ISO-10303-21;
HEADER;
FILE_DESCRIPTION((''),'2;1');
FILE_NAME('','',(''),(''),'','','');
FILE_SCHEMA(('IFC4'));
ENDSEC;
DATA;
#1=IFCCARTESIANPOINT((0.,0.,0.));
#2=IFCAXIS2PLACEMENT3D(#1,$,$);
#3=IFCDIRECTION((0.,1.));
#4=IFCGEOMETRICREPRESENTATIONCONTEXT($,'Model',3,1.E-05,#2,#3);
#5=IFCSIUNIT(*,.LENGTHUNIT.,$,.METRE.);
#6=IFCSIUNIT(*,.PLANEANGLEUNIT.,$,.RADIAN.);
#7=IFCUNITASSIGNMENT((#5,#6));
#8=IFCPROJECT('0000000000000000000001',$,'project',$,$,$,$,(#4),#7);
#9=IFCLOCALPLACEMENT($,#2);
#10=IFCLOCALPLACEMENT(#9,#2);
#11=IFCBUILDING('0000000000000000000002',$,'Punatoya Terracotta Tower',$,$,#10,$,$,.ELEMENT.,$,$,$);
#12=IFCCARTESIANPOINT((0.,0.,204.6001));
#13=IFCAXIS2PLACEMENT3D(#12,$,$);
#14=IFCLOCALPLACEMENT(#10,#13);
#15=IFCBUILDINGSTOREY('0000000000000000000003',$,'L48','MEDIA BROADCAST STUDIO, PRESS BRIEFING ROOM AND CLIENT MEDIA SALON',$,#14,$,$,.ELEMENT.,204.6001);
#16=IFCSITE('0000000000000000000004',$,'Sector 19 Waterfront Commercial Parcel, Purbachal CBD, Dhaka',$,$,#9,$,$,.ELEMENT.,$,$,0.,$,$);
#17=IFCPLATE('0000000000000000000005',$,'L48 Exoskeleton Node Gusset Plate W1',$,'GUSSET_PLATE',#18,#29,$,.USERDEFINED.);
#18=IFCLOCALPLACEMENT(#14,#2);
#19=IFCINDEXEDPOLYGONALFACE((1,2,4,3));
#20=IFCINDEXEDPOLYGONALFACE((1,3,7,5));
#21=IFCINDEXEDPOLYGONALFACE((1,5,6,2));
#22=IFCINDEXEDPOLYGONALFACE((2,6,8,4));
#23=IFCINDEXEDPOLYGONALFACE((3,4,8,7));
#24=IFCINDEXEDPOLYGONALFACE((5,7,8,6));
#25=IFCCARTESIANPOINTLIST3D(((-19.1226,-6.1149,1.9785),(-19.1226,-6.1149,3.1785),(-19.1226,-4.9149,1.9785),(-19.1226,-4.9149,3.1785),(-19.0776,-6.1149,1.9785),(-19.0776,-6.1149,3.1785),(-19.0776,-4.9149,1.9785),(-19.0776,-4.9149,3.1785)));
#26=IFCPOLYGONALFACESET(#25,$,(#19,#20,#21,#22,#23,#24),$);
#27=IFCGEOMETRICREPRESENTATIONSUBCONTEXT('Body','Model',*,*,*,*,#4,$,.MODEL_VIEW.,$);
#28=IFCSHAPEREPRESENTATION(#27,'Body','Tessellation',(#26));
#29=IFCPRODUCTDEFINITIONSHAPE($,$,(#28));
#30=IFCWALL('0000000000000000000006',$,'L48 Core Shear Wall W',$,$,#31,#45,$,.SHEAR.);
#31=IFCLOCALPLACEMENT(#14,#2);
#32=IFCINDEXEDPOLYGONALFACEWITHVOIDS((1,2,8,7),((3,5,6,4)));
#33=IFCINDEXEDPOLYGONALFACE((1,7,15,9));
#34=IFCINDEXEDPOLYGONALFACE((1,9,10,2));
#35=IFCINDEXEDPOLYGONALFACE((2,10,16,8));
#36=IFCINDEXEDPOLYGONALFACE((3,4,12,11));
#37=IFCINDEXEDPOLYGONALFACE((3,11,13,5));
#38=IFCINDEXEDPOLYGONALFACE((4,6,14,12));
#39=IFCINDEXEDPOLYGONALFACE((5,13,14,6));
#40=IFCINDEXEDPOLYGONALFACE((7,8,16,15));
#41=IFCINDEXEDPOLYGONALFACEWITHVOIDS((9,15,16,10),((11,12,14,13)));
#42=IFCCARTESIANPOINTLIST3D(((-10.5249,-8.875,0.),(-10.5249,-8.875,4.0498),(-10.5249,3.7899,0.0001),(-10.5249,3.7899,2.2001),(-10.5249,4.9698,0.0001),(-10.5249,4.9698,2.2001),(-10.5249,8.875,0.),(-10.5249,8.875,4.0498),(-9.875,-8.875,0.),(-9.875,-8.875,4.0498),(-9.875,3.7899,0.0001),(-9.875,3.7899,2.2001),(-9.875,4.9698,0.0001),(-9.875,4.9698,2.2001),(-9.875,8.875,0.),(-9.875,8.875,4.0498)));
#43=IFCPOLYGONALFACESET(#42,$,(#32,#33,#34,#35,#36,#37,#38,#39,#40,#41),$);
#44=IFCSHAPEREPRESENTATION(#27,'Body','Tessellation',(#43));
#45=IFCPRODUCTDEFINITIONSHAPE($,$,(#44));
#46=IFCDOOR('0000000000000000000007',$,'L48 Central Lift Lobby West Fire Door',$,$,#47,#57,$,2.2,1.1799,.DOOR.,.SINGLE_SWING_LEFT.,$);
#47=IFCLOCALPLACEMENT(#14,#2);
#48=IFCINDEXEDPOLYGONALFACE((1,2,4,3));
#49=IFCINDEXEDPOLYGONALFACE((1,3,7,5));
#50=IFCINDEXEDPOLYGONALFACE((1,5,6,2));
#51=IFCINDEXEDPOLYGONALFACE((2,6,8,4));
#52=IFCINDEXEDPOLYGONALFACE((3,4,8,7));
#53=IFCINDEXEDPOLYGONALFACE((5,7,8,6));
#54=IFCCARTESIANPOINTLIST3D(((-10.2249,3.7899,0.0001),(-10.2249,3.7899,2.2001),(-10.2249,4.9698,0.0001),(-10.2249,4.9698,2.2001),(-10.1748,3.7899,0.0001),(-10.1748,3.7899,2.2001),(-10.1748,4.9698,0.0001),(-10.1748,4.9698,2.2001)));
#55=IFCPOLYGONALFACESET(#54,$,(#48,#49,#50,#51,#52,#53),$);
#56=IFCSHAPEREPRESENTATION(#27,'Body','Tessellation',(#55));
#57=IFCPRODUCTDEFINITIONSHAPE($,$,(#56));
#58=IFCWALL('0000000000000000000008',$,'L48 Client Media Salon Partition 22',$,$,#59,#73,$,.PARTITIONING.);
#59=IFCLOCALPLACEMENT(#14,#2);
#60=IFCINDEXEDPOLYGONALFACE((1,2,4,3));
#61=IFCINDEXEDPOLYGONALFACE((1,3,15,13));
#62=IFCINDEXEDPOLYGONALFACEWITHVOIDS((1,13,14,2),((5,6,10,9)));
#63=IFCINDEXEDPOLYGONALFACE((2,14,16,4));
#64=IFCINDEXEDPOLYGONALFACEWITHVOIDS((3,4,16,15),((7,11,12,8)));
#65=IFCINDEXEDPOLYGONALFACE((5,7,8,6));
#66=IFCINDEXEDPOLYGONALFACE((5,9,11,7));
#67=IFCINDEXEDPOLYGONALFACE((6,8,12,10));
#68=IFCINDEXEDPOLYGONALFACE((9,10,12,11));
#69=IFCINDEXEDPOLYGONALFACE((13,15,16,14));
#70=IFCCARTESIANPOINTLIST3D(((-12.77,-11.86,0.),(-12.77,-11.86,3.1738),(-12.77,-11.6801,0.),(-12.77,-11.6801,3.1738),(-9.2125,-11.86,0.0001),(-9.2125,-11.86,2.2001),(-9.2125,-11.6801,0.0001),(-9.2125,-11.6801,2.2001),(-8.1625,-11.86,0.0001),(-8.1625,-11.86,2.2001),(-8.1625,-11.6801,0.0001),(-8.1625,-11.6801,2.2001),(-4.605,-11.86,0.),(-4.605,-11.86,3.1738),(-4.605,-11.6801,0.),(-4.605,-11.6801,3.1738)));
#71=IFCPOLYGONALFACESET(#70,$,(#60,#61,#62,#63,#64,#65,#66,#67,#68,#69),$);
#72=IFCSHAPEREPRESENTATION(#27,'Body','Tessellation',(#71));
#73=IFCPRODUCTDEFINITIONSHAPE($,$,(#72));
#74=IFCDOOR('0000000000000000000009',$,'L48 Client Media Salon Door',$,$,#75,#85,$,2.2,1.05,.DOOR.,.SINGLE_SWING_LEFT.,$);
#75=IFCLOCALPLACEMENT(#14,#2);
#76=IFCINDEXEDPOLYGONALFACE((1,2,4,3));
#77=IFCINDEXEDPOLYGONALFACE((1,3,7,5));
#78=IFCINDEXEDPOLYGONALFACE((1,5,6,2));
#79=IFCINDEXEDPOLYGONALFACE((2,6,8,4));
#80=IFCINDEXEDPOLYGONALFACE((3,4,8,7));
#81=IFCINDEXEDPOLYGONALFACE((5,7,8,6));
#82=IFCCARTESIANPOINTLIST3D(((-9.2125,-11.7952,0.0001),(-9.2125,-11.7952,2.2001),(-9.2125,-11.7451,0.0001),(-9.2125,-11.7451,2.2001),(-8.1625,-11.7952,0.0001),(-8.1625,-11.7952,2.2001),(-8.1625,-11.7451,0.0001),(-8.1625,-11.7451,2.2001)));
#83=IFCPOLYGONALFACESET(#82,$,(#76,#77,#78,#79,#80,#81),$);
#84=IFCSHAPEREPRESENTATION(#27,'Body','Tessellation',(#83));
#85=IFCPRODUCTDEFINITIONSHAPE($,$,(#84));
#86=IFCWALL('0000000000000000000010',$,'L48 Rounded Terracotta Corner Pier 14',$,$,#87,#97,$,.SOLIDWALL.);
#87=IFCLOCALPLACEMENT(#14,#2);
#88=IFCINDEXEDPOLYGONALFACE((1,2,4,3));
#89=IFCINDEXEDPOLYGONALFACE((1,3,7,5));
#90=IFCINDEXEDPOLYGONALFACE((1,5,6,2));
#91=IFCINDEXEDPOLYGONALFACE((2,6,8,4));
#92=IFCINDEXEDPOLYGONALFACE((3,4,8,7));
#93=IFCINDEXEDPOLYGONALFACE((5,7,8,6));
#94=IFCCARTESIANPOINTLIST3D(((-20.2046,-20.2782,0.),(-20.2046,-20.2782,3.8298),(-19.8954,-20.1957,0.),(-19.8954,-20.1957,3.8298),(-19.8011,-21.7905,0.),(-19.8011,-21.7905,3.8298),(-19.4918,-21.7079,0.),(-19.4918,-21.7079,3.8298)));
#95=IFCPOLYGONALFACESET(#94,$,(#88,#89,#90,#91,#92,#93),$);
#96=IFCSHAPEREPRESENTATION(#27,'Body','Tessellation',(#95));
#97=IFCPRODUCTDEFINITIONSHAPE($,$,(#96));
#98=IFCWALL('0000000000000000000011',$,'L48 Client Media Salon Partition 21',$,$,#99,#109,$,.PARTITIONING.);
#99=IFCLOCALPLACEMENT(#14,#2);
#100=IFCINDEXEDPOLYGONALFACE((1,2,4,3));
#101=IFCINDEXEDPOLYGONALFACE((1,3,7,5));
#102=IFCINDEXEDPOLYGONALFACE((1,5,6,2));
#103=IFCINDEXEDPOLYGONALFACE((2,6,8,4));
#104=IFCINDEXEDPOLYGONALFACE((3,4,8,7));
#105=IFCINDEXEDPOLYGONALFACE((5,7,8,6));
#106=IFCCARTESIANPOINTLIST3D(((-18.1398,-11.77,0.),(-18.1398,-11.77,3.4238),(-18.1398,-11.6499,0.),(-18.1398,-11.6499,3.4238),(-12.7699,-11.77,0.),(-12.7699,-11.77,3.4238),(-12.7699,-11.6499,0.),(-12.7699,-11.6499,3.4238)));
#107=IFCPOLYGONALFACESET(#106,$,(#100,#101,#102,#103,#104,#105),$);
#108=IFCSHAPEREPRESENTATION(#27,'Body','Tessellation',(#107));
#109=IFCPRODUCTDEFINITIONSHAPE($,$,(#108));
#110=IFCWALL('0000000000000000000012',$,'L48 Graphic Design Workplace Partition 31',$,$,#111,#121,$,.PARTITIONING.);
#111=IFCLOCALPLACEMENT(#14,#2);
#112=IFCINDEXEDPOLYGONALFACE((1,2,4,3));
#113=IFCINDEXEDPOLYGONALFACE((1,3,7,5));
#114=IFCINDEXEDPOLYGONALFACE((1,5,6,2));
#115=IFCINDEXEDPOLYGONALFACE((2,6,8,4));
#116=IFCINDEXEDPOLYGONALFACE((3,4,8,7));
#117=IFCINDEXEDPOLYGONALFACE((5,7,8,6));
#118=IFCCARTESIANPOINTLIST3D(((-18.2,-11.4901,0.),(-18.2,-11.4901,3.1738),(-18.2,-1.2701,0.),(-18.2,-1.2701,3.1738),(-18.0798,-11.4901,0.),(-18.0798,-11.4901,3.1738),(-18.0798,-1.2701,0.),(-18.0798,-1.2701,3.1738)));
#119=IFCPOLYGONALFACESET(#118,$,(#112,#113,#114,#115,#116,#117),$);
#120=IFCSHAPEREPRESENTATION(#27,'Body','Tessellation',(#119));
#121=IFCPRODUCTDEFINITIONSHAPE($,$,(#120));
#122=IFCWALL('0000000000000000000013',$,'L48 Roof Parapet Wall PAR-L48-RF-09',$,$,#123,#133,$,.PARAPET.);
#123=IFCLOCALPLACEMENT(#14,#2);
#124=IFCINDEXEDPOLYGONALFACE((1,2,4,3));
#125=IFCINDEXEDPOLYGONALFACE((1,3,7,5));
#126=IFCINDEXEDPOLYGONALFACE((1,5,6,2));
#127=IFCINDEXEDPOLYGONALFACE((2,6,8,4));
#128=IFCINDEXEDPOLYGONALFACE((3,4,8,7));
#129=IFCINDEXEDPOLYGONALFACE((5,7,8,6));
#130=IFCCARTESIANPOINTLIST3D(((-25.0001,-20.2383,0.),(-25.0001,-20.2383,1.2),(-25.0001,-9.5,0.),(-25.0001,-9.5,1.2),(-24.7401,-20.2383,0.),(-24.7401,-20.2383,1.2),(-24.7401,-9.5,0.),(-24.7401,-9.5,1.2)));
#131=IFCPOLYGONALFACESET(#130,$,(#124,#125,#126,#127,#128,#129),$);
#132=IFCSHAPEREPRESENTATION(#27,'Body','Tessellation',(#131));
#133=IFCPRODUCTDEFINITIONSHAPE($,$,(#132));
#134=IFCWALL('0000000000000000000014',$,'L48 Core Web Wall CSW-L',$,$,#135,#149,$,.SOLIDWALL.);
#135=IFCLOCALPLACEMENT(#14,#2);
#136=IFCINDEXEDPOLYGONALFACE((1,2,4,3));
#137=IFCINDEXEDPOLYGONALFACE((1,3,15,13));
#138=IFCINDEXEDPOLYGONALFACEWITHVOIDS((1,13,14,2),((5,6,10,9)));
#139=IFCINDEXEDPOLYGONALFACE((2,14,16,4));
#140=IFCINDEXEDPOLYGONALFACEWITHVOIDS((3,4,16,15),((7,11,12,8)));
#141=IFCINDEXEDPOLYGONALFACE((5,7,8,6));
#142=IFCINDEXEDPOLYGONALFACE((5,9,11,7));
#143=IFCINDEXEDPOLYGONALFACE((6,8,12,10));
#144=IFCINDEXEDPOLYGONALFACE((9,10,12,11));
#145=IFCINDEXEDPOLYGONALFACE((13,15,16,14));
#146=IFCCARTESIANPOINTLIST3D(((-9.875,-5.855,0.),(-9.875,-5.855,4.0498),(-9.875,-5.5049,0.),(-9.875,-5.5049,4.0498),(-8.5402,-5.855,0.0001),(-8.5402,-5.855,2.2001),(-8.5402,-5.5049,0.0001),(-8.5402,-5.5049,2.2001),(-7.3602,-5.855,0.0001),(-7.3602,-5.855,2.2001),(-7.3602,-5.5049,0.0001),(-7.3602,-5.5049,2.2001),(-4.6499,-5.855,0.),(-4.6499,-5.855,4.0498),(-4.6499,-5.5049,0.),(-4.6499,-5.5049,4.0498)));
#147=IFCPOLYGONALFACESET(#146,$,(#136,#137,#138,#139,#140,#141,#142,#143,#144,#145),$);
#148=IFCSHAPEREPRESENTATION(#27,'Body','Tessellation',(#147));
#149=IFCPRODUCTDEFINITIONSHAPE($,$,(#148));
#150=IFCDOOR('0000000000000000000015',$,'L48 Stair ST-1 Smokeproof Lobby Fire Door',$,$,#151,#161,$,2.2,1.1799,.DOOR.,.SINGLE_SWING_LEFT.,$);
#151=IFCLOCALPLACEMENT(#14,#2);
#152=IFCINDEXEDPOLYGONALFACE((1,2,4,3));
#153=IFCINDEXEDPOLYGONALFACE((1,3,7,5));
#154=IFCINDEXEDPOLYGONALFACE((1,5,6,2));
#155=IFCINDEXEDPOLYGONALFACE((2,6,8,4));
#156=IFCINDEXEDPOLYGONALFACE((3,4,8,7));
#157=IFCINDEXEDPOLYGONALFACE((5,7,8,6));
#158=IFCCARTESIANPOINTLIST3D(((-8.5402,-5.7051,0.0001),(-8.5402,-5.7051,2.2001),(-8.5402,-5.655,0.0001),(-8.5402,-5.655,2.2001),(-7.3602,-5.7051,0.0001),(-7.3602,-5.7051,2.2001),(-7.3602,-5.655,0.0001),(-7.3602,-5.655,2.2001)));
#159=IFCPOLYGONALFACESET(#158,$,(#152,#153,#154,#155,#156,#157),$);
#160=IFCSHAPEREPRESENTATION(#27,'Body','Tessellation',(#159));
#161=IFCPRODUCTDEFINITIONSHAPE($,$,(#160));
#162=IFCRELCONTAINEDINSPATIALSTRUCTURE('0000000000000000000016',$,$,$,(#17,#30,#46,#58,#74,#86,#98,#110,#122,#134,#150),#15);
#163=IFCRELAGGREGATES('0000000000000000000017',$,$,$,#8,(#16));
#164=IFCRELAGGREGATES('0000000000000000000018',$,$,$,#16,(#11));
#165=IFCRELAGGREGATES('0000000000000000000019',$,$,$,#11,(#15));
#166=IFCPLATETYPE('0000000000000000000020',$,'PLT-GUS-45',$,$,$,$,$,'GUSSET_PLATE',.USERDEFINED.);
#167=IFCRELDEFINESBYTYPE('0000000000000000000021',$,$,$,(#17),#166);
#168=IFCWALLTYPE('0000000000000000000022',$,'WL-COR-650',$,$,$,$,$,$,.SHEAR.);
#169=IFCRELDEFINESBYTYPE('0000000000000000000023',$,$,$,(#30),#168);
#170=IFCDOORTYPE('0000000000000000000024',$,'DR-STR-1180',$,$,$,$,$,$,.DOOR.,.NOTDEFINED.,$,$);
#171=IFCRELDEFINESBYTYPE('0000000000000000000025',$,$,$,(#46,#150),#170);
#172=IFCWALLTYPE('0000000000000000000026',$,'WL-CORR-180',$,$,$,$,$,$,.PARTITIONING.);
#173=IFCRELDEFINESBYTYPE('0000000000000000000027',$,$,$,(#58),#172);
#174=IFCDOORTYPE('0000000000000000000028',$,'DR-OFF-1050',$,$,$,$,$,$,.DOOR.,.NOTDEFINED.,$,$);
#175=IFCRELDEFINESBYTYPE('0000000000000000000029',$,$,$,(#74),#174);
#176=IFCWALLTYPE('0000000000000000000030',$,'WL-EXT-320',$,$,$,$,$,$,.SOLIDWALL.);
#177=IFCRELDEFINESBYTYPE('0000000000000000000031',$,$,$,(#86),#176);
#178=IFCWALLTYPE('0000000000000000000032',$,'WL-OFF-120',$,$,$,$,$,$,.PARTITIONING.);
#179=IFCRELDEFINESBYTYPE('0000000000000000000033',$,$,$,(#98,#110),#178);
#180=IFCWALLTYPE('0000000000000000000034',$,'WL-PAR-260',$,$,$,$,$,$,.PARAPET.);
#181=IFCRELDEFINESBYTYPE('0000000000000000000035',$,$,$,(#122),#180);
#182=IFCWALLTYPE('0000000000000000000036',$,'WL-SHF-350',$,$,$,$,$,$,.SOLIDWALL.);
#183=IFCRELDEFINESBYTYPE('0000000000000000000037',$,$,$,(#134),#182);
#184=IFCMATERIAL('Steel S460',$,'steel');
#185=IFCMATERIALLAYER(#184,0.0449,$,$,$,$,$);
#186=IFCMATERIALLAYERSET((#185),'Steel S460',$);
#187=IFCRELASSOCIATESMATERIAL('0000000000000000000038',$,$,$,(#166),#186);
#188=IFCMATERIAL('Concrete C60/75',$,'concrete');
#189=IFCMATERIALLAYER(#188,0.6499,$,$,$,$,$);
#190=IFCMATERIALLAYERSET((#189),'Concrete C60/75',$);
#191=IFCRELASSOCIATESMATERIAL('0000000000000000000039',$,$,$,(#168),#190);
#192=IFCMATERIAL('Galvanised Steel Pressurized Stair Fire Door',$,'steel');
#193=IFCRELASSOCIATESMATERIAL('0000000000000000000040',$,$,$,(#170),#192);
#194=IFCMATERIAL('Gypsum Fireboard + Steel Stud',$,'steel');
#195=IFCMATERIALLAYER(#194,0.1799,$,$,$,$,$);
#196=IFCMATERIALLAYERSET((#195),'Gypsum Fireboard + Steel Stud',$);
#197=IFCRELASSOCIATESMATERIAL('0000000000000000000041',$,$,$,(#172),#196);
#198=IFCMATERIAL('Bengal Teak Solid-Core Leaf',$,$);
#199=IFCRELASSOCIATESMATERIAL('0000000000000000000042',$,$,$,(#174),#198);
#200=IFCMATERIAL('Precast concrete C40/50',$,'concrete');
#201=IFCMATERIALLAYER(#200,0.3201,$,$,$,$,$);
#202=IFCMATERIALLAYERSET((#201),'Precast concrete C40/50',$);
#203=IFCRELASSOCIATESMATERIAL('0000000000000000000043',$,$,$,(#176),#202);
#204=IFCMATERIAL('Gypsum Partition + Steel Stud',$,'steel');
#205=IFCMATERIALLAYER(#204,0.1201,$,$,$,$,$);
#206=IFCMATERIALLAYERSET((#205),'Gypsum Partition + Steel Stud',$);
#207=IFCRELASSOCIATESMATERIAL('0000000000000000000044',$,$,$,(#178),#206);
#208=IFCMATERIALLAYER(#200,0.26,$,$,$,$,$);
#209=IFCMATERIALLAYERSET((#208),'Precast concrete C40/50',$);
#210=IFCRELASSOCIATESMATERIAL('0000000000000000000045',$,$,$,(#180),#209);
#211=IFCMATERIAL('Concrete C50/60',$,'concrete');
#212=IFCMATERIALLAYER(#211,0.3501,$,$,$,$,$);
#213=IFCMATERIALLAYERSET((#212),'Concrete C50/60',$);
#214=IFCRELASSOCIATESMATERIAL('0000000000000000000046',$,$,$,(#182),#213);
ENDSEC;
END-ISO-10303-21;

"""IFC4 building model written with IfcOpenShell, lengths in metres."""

from ifc_helpers import new_model, si_unit, direction, frame, frame_2d, origin, origin_2d, place, context, subcontext, project, spatial, rectangle, extrude, material, layer, layer_set, type_object, element, fill, save


model = new_model("IFC4")

# Units and contexts
model_context = context("Model", 3, precision=1e-05, world=origin(), true_north=direction((0.0, 1.0)))
body_context = subcontext(model_context, "Body", "Model", "MODEL_VIEW")
ifc_project = project(units=[si_unit("LENGTHUNIT", "METRE"), si_unit("PLANEANGLEUNIT", "RADIAN")], contexts=[model_context])

# Site, building, storey
site_placement = place(None, origin())
site = spatial("IfcSite", under=ifc_project, at=site_placement, Name="Sector 19 Waterfront Commercial Parcel, Purbachal CBD, Dhaka", CompositionType="ELEMENT", RefElevation=0.0)
building_placement = place(site_placement, origin())
building = spatial("IfcBuilding", under=site, at=building_placement, Name="Punatoya Terracotta Tower", CompositionType="ELEMENT")
storey_placement = place(building_placement, frame((0.0, 0.0, 204.6001)))
storey = spatial("IfcBuildingStorey", under=building, at=storey_placement, Name="L48", Description="MEDIA BROADCAST STUDIO, PRESS BRIEFING ROOM AND CLIENT MEDIA SALON", CompositionType="ELEMENT", Elevation=204.6001)

# Shared definitions
ifc_material_1 = material(Name="Steel S460", Category="steel")

# Plate
ifc_layer_1 = layer(ifc_material_1, 0.0449)
ifc_layer_set_1 = layer_set([ifc_layer_1], Name="Steel S460")
plate_type_1 = type_object("IfcPlateType", Name="PLT-GUS-45", ElementType="GUSSET_PLATE", PredefinedType="USERDEFINED", material=ifc_layer_set_1)
plate_1_placement = place(storey_placement, frame((-19.1001, -5.5149, 1.9785), z_axis=(0.0, 0.0, 1.0), x_axis=(0.0, 1.0, 0.0)))
element("IfcPlate", 1, at=plate_1_placement, inside=storey, type_object=plate_type_1, Name="L48 Exoskeleton Node Gusset Plate W1", ObjectType="GUSSET_PLATE", PredefinedType="USERDEFINED", context=body_context, shape_type="SweptSolid", body=[
    extrude(rectangle(XDim=1.2, YDim=0.0449, at=origin_2d()), origin(), (0.0, 0.0, 1.0), 1.2),
])

# Walls, openings, doors
ifc_material_2 = material(Name="Concrete C60/75", Category="concrete")
ifc_layer_2 = layer(ifc_material_2, 0.6499)
ifc_layer_set_2 = layer_set([ifc_layer_2], Name="Concrete C60/75")
wall_type_1 = type_object("IfcWallType", Name="WL-COR-650", PredefinedType="SHEAR", material=ifc_layer_set_2)
wall_1_placement = place(storey_placement, frame((-10.2, -8.875, 0.0), z_axis=(0.0, 0.0, 1.0), x_axis=(0.0, 1.0, 0.0)))
wall_1 = element("IfcWall", 2, at=wall_1_placement, inside=storey, type_object=wall_type_1, Name="L48 Core Shear Wall W", PredefinedType="SHEAR", context=body_context, shape_type="SweptSolid", body=[
    extrude(rectangle(XDim=17.75, YDim=0.6499, at=frame_2d((8.875, 0.0))), origin(), (0.0, 0.0, 1.0), 4.0498),
])
opening_1_placement = place(wall_1_placement, frame((12.665, 0.0, 0.0)))
opening_1 = element("IfcOpeningElement", 3, at=opening_1_placement, cuts=wall_1, PredefinedType="OPENING", context=body_context, shape_type="SweptSolid", body=[
    extrude(rectangle(XDim=1.1799, YDim=2.2, at=frame_2d((0.5898, 1.1001))), frame((0.0, 0.335, 0.0), z_axis=(0.0, -1.0, 0.0), x_axis=(1.0, 0.0, 0.0)), (0.0, 0.0, 1.0), 0.6699),
])
ifc_material_3 = material(Name="Galvanised Steel Pressurized Stair Fire Door", Category="steel")
door_type_1 = type_object("IfcDoorType", Name="DR-STR-1180", OperationType="NOTDEFINED", PredefinedType="DOOR", material=ifc_material_3)
door_1_placement = place(opening_1_placement, origin())
door_1 = element("IfcDoor", 4, at=door_1_placement, inside=storey, type_object=door_type_1, Name="L48 Central Lift Lobby West Fire Door", OperationType="SINGLE_SWING_LEFT", OverallHeight=2.2, OverallWidth=1.1799, PredefinedType="DOOR", context=body_context, shape_type="SweptSolid", body=[
    extrude(rectangle(XDim=1.1799, YDim=2.2, at=frame_2d((0.5898, 1.1001))), frame((0.0, 0.0249, 0.0), z_axis=(0.0, -1.0, 0.0), x_axis=(1.0, 0.0, 0.0)), (0.0, 0.0, 1.0), 0.05),
])
fill(opening_1, door_1)
ifc_material_4 = material(Name="Gypsum Fireboard + Steel Stud", Category="steel")
ifc_layer_3 = layer(ifc_material_4, 0.1799)
ifc_layer_set_3 = layer_set([ifc_layer_3], Name="Gypsum Fireboard + Steel Stud")
wall_type_2 = type_object("IfcWallType", Name="WL-CORR-180", PredefinedType="PARTITIONING", material=ifc_layer_set_3)
wall_2_placement = place(storey_placement, frame((-12.77, -11.77, 0.0), z_axis=(0.0, 0.0, 1.0), x_axis=(1.0, 0.0, 0.0)))
wall_2 = element("IfcWall", 5, at=wall_2_placement, inside=storey, type_object=wall_type_2, Name="L48 Client Media Salon Partition 22", PredefinedType="PARTITIONING", context=body_context, shape_type="SweptSolid", body=[
    extrude(rectangle(XDim=8.165, YDim=0.1799, at=frame_2d((4.0825, 0.0))), origin(), (0.0, 0.0, 1.0), 3.1738),
])
opening_2_placement = place(wall_2_placement, frame((3.5576, 0.0, 0.0)))
opening_2 = element("IfcOpeningElement", 6, at=opening_2_placement, cuts=wall_2, PredefinedType="OPENING", context=body_context, shape_type="SweptSolid", body=[
    extrude(rectangle(XDim=1.05, YDim=2.2, at=frame_2d((0.5249, 1.1001))), frame((0.0, 0.0999, 0.0), z_axis=(0.0, -1.0, 0.0), x_axis=(1.0, 0.0, 0.0)), (0.0, 0.0, 1.0), 0.2),
])
ifc_material_5 = material(Name="Bengal Teak Solid-Core Leaf")
door_type_2 = type_object("IfcDoorType", Name="DR-OFF-1050", OperationType="NOTDEFINED", PredefinedType="DOOR", material=ifc_material_5)
door_2_placement = place(opening_2_placement, origin())
door_2 = element("IfcDoor", 7, at=door_2_placement, inside=storey, type_object=door_type_2, Name="L48 Client Media Salon Door", OperationType="SINGLE_SWING_LEFT", OverallHeight=2.2, OverallWidth=1.05, PredefinedType="DOOR", context=body_context, shape_type="SweptSolid", body=[
    extrude(rectangle(XDim=1.05, YDim=2.2, at=frame_2d((0.5249, 1.1001))), frame((0.0, 0.0249, 0.0), z_axis=(0.0, -1.0, 0.0), x_axis=(1.0, 0.0, 0.0)), (0.0, 0.0, 1.0), 0.05),
])
fill(opening_2, door_2)

# Walls
ifc_material_6 = material(Name="Precast concrete C40/50", Category="concrete")
ifc_layer_4 = layer(ifc_material_6, 0.3201)
ifc_layer_set_4 = layer_set([ifc_layer_4], Name="Precast concrete C40/50")
wall_type_3 = type_object("IfcWallType", Name="WL-EXT-320", PredefinedType="SOLIDWALL", material=ifc_layer_set_4)
wall_3_placement = place(storey_placement, frame((-20.05, -20.2368, 0.0), z_axis=(0.0, 0.0, 1.0), x_axis=(0.257847, -0.966186, 0.0)))
element("IfcWall", 8, at=wall_3_placement, inside=storey, type_object=wall_type_3, Name="L48 Rounded Terracotta Corner Pier 14", PredefinedType="SOLIDWALL", context=body_context, shape_type="SweptSolid", body=[
    extrude(rectangle(XDim=1.5652, YDim=0.3201, at=frame_2d((0.7827, 0.0))), origin(), (0.0, 0.0, 1.0), 3.8298),
])
ifc_material_7 = material(Name="Gypsum Partition + Steel Stud", Category="steel")
ifc_layer_5 = layer(ifc_material_7, 0.1201)
ifc_layer_set_5 = layer_set([ifc_layer_5], Name="Gypsum Partition + Steel Stud")
wall_type_4 = type_object("IfcWallType", Name="WL-OFF-120", PredefinedType="PARTITIONING", material=ifc_layer_set_5)
wall_4_placement = place(storey_placement, frame((-18.1399, -11.71, 0.0), z_axis=(0.0, 0.0, 1.0), x_axis=(1.0, 0.0, 0.0)))
element("IfcWall", 9, at=wall_4_placement, inside=storey, type_object=wall_type_4, Name="L48 Client Media Salon Partition 21", PredefinedType="PARTITIONING", context=body_context, shape_type="SweptSolid", body=[
    extrude(rectangle(XDim=5.3699, YDim=0.1201, at=frame_2d((2.6851, 0.0))), origin(), (0.0, 0.0, 1.0), 3.4238),
])
wall_5_placement = place(storey_placement, frame((-18.1399, -11.49, 0.0), z_axis=(0.0, 0.0, 1.0), x_axis=(0.0, 1.0, 0.0)))
element("IfcWall", 10, at=wall_5_placement, inside=storey, type_object=wall_type_4, Name="L48 Graphic Design Workplace Partition 31", PredefinedType="PARTITIONING", context=body_context, shape_type="SweptSolid", body=[
    extrude(rectangle(XDim=10.22, YDim=0.1201, at=frame_2d((5.1099, 0.0))), origin(), (0.0, 0.0, 1.0), 3.1738),
])
ifc_layer_6 = layer(ifc_material_6, 0.26)
ifc_layer_set_6 = layer_set([ifc_layer_6], Name="Precast concrete C40/50")
wall_type_5 = type_object("IfcWallType", Name="WL-PAR-260", PredefinedType="PARAPET", material=ifc_layer_set_6)
wall_6_placement = place(storey_placement, frame((-24.8701, -9.5, 0.0), z_axis=(0.0, 0.0, 1.0), x_axis=(0.0, -1.0, 0.0)))
element("IfcWall", 11, at=wall_6_placement, inside=storey, type_object=wall_type_5, Name="L48 Roof Parapet Wall PAR-L48-RF-09", PredefinedType="PARAPET", context=body_context, shape_type="SweptSolid", body=[
    extrude(rectangle(XDim=10.7383, YDim=0.26, at=frame_2d((5.3691, 0.0))), origin(), (0.0, 0.0, 1.0), 1.2),
])

# Wall, opening, door
ifc_material_8 = material(Name="Concrete C50/60", Category="concrete")
ifc_layer_7 = layer(ifc_material_8, 0.3501)
ifc_layer_set_7 = layer_set([ifc_layer_7], Name="Concrete C50/60")
wall_type_6 = type_object("IfcWallType", Name="WL-SHF-350", PredefinedType="SOLIDWALL", material=ifc_layer_set_7)
wall_7_placement = place(storey_placement, frame((-9.875, -5.6799, 0.0), z_axis=(0.0, 0.0, 1.0), x_axis=(1.0, 0.0, 0.0)))
wall_7 = element("IfcWall", 12, at=wall_7_placement, inside=storey, type_object=wall_type_6, Name="L48 Core Web Wall CSW-L", PredefinedType="SOLIDWALL", context=body_context, shape_type="SweptSolid", body=[
    extrude(rectangle(XDim=5.2251, YDim=0.3501, at=frame_2d((2.6125, 0.0))), origin(), (0.0, 0.0, 1.0), 4.0498),
])
opening_3_placement = place(wall_7_placement, frame((1.335, 0.0, 0.0)))
opening_3 = element("IfcOpeningElement", 13, at=opening_3_placement, cuts=wall_7, PredefinedType="OPENING", context=body_context, shape_type="SweptSolid", body=[
    extrude(rectangle(XDim=1.1799, YDim=2.2, at=frame_2d((0.5898, 1.1001))), frame((0.0, 0.1851, 0.0), z_axis=(0.0, -1.0, 0.0), x_axis=(1.0, 0.0, 0.0)), (0.0, 0.0, 1.0), 0.3701),
])
door_3_placement = place(opening_3_placement, origin())
door_3 = element("IfcDoor", 14, at=door_3_placement, inside=storey, type_object=door_type_1, Name="L48 Stair ST-1 Smokeproof Lobby Fire Door", OperationType="SINGLE_SWING_LEFT", OverallHeight=2.2, OverallWidth=1.1799, PredefinedType="DOOR", context=body_context, shape_type="SweptSolid", body=[
    extrude(rectangle(XDim=1.1799, YDim=2.2, at=frame_2d((0.5898, 1.1001))), frame((0.0, 0.0249, 0.0), z_axis=(0.0, -1.0, 0.0), x_axis=(1.0, 0.0, 0.0)), (0.0, 0.0, 1.0), 0.05),
])
fill(opening_3, door_3)

save(model, "model.ifc")
